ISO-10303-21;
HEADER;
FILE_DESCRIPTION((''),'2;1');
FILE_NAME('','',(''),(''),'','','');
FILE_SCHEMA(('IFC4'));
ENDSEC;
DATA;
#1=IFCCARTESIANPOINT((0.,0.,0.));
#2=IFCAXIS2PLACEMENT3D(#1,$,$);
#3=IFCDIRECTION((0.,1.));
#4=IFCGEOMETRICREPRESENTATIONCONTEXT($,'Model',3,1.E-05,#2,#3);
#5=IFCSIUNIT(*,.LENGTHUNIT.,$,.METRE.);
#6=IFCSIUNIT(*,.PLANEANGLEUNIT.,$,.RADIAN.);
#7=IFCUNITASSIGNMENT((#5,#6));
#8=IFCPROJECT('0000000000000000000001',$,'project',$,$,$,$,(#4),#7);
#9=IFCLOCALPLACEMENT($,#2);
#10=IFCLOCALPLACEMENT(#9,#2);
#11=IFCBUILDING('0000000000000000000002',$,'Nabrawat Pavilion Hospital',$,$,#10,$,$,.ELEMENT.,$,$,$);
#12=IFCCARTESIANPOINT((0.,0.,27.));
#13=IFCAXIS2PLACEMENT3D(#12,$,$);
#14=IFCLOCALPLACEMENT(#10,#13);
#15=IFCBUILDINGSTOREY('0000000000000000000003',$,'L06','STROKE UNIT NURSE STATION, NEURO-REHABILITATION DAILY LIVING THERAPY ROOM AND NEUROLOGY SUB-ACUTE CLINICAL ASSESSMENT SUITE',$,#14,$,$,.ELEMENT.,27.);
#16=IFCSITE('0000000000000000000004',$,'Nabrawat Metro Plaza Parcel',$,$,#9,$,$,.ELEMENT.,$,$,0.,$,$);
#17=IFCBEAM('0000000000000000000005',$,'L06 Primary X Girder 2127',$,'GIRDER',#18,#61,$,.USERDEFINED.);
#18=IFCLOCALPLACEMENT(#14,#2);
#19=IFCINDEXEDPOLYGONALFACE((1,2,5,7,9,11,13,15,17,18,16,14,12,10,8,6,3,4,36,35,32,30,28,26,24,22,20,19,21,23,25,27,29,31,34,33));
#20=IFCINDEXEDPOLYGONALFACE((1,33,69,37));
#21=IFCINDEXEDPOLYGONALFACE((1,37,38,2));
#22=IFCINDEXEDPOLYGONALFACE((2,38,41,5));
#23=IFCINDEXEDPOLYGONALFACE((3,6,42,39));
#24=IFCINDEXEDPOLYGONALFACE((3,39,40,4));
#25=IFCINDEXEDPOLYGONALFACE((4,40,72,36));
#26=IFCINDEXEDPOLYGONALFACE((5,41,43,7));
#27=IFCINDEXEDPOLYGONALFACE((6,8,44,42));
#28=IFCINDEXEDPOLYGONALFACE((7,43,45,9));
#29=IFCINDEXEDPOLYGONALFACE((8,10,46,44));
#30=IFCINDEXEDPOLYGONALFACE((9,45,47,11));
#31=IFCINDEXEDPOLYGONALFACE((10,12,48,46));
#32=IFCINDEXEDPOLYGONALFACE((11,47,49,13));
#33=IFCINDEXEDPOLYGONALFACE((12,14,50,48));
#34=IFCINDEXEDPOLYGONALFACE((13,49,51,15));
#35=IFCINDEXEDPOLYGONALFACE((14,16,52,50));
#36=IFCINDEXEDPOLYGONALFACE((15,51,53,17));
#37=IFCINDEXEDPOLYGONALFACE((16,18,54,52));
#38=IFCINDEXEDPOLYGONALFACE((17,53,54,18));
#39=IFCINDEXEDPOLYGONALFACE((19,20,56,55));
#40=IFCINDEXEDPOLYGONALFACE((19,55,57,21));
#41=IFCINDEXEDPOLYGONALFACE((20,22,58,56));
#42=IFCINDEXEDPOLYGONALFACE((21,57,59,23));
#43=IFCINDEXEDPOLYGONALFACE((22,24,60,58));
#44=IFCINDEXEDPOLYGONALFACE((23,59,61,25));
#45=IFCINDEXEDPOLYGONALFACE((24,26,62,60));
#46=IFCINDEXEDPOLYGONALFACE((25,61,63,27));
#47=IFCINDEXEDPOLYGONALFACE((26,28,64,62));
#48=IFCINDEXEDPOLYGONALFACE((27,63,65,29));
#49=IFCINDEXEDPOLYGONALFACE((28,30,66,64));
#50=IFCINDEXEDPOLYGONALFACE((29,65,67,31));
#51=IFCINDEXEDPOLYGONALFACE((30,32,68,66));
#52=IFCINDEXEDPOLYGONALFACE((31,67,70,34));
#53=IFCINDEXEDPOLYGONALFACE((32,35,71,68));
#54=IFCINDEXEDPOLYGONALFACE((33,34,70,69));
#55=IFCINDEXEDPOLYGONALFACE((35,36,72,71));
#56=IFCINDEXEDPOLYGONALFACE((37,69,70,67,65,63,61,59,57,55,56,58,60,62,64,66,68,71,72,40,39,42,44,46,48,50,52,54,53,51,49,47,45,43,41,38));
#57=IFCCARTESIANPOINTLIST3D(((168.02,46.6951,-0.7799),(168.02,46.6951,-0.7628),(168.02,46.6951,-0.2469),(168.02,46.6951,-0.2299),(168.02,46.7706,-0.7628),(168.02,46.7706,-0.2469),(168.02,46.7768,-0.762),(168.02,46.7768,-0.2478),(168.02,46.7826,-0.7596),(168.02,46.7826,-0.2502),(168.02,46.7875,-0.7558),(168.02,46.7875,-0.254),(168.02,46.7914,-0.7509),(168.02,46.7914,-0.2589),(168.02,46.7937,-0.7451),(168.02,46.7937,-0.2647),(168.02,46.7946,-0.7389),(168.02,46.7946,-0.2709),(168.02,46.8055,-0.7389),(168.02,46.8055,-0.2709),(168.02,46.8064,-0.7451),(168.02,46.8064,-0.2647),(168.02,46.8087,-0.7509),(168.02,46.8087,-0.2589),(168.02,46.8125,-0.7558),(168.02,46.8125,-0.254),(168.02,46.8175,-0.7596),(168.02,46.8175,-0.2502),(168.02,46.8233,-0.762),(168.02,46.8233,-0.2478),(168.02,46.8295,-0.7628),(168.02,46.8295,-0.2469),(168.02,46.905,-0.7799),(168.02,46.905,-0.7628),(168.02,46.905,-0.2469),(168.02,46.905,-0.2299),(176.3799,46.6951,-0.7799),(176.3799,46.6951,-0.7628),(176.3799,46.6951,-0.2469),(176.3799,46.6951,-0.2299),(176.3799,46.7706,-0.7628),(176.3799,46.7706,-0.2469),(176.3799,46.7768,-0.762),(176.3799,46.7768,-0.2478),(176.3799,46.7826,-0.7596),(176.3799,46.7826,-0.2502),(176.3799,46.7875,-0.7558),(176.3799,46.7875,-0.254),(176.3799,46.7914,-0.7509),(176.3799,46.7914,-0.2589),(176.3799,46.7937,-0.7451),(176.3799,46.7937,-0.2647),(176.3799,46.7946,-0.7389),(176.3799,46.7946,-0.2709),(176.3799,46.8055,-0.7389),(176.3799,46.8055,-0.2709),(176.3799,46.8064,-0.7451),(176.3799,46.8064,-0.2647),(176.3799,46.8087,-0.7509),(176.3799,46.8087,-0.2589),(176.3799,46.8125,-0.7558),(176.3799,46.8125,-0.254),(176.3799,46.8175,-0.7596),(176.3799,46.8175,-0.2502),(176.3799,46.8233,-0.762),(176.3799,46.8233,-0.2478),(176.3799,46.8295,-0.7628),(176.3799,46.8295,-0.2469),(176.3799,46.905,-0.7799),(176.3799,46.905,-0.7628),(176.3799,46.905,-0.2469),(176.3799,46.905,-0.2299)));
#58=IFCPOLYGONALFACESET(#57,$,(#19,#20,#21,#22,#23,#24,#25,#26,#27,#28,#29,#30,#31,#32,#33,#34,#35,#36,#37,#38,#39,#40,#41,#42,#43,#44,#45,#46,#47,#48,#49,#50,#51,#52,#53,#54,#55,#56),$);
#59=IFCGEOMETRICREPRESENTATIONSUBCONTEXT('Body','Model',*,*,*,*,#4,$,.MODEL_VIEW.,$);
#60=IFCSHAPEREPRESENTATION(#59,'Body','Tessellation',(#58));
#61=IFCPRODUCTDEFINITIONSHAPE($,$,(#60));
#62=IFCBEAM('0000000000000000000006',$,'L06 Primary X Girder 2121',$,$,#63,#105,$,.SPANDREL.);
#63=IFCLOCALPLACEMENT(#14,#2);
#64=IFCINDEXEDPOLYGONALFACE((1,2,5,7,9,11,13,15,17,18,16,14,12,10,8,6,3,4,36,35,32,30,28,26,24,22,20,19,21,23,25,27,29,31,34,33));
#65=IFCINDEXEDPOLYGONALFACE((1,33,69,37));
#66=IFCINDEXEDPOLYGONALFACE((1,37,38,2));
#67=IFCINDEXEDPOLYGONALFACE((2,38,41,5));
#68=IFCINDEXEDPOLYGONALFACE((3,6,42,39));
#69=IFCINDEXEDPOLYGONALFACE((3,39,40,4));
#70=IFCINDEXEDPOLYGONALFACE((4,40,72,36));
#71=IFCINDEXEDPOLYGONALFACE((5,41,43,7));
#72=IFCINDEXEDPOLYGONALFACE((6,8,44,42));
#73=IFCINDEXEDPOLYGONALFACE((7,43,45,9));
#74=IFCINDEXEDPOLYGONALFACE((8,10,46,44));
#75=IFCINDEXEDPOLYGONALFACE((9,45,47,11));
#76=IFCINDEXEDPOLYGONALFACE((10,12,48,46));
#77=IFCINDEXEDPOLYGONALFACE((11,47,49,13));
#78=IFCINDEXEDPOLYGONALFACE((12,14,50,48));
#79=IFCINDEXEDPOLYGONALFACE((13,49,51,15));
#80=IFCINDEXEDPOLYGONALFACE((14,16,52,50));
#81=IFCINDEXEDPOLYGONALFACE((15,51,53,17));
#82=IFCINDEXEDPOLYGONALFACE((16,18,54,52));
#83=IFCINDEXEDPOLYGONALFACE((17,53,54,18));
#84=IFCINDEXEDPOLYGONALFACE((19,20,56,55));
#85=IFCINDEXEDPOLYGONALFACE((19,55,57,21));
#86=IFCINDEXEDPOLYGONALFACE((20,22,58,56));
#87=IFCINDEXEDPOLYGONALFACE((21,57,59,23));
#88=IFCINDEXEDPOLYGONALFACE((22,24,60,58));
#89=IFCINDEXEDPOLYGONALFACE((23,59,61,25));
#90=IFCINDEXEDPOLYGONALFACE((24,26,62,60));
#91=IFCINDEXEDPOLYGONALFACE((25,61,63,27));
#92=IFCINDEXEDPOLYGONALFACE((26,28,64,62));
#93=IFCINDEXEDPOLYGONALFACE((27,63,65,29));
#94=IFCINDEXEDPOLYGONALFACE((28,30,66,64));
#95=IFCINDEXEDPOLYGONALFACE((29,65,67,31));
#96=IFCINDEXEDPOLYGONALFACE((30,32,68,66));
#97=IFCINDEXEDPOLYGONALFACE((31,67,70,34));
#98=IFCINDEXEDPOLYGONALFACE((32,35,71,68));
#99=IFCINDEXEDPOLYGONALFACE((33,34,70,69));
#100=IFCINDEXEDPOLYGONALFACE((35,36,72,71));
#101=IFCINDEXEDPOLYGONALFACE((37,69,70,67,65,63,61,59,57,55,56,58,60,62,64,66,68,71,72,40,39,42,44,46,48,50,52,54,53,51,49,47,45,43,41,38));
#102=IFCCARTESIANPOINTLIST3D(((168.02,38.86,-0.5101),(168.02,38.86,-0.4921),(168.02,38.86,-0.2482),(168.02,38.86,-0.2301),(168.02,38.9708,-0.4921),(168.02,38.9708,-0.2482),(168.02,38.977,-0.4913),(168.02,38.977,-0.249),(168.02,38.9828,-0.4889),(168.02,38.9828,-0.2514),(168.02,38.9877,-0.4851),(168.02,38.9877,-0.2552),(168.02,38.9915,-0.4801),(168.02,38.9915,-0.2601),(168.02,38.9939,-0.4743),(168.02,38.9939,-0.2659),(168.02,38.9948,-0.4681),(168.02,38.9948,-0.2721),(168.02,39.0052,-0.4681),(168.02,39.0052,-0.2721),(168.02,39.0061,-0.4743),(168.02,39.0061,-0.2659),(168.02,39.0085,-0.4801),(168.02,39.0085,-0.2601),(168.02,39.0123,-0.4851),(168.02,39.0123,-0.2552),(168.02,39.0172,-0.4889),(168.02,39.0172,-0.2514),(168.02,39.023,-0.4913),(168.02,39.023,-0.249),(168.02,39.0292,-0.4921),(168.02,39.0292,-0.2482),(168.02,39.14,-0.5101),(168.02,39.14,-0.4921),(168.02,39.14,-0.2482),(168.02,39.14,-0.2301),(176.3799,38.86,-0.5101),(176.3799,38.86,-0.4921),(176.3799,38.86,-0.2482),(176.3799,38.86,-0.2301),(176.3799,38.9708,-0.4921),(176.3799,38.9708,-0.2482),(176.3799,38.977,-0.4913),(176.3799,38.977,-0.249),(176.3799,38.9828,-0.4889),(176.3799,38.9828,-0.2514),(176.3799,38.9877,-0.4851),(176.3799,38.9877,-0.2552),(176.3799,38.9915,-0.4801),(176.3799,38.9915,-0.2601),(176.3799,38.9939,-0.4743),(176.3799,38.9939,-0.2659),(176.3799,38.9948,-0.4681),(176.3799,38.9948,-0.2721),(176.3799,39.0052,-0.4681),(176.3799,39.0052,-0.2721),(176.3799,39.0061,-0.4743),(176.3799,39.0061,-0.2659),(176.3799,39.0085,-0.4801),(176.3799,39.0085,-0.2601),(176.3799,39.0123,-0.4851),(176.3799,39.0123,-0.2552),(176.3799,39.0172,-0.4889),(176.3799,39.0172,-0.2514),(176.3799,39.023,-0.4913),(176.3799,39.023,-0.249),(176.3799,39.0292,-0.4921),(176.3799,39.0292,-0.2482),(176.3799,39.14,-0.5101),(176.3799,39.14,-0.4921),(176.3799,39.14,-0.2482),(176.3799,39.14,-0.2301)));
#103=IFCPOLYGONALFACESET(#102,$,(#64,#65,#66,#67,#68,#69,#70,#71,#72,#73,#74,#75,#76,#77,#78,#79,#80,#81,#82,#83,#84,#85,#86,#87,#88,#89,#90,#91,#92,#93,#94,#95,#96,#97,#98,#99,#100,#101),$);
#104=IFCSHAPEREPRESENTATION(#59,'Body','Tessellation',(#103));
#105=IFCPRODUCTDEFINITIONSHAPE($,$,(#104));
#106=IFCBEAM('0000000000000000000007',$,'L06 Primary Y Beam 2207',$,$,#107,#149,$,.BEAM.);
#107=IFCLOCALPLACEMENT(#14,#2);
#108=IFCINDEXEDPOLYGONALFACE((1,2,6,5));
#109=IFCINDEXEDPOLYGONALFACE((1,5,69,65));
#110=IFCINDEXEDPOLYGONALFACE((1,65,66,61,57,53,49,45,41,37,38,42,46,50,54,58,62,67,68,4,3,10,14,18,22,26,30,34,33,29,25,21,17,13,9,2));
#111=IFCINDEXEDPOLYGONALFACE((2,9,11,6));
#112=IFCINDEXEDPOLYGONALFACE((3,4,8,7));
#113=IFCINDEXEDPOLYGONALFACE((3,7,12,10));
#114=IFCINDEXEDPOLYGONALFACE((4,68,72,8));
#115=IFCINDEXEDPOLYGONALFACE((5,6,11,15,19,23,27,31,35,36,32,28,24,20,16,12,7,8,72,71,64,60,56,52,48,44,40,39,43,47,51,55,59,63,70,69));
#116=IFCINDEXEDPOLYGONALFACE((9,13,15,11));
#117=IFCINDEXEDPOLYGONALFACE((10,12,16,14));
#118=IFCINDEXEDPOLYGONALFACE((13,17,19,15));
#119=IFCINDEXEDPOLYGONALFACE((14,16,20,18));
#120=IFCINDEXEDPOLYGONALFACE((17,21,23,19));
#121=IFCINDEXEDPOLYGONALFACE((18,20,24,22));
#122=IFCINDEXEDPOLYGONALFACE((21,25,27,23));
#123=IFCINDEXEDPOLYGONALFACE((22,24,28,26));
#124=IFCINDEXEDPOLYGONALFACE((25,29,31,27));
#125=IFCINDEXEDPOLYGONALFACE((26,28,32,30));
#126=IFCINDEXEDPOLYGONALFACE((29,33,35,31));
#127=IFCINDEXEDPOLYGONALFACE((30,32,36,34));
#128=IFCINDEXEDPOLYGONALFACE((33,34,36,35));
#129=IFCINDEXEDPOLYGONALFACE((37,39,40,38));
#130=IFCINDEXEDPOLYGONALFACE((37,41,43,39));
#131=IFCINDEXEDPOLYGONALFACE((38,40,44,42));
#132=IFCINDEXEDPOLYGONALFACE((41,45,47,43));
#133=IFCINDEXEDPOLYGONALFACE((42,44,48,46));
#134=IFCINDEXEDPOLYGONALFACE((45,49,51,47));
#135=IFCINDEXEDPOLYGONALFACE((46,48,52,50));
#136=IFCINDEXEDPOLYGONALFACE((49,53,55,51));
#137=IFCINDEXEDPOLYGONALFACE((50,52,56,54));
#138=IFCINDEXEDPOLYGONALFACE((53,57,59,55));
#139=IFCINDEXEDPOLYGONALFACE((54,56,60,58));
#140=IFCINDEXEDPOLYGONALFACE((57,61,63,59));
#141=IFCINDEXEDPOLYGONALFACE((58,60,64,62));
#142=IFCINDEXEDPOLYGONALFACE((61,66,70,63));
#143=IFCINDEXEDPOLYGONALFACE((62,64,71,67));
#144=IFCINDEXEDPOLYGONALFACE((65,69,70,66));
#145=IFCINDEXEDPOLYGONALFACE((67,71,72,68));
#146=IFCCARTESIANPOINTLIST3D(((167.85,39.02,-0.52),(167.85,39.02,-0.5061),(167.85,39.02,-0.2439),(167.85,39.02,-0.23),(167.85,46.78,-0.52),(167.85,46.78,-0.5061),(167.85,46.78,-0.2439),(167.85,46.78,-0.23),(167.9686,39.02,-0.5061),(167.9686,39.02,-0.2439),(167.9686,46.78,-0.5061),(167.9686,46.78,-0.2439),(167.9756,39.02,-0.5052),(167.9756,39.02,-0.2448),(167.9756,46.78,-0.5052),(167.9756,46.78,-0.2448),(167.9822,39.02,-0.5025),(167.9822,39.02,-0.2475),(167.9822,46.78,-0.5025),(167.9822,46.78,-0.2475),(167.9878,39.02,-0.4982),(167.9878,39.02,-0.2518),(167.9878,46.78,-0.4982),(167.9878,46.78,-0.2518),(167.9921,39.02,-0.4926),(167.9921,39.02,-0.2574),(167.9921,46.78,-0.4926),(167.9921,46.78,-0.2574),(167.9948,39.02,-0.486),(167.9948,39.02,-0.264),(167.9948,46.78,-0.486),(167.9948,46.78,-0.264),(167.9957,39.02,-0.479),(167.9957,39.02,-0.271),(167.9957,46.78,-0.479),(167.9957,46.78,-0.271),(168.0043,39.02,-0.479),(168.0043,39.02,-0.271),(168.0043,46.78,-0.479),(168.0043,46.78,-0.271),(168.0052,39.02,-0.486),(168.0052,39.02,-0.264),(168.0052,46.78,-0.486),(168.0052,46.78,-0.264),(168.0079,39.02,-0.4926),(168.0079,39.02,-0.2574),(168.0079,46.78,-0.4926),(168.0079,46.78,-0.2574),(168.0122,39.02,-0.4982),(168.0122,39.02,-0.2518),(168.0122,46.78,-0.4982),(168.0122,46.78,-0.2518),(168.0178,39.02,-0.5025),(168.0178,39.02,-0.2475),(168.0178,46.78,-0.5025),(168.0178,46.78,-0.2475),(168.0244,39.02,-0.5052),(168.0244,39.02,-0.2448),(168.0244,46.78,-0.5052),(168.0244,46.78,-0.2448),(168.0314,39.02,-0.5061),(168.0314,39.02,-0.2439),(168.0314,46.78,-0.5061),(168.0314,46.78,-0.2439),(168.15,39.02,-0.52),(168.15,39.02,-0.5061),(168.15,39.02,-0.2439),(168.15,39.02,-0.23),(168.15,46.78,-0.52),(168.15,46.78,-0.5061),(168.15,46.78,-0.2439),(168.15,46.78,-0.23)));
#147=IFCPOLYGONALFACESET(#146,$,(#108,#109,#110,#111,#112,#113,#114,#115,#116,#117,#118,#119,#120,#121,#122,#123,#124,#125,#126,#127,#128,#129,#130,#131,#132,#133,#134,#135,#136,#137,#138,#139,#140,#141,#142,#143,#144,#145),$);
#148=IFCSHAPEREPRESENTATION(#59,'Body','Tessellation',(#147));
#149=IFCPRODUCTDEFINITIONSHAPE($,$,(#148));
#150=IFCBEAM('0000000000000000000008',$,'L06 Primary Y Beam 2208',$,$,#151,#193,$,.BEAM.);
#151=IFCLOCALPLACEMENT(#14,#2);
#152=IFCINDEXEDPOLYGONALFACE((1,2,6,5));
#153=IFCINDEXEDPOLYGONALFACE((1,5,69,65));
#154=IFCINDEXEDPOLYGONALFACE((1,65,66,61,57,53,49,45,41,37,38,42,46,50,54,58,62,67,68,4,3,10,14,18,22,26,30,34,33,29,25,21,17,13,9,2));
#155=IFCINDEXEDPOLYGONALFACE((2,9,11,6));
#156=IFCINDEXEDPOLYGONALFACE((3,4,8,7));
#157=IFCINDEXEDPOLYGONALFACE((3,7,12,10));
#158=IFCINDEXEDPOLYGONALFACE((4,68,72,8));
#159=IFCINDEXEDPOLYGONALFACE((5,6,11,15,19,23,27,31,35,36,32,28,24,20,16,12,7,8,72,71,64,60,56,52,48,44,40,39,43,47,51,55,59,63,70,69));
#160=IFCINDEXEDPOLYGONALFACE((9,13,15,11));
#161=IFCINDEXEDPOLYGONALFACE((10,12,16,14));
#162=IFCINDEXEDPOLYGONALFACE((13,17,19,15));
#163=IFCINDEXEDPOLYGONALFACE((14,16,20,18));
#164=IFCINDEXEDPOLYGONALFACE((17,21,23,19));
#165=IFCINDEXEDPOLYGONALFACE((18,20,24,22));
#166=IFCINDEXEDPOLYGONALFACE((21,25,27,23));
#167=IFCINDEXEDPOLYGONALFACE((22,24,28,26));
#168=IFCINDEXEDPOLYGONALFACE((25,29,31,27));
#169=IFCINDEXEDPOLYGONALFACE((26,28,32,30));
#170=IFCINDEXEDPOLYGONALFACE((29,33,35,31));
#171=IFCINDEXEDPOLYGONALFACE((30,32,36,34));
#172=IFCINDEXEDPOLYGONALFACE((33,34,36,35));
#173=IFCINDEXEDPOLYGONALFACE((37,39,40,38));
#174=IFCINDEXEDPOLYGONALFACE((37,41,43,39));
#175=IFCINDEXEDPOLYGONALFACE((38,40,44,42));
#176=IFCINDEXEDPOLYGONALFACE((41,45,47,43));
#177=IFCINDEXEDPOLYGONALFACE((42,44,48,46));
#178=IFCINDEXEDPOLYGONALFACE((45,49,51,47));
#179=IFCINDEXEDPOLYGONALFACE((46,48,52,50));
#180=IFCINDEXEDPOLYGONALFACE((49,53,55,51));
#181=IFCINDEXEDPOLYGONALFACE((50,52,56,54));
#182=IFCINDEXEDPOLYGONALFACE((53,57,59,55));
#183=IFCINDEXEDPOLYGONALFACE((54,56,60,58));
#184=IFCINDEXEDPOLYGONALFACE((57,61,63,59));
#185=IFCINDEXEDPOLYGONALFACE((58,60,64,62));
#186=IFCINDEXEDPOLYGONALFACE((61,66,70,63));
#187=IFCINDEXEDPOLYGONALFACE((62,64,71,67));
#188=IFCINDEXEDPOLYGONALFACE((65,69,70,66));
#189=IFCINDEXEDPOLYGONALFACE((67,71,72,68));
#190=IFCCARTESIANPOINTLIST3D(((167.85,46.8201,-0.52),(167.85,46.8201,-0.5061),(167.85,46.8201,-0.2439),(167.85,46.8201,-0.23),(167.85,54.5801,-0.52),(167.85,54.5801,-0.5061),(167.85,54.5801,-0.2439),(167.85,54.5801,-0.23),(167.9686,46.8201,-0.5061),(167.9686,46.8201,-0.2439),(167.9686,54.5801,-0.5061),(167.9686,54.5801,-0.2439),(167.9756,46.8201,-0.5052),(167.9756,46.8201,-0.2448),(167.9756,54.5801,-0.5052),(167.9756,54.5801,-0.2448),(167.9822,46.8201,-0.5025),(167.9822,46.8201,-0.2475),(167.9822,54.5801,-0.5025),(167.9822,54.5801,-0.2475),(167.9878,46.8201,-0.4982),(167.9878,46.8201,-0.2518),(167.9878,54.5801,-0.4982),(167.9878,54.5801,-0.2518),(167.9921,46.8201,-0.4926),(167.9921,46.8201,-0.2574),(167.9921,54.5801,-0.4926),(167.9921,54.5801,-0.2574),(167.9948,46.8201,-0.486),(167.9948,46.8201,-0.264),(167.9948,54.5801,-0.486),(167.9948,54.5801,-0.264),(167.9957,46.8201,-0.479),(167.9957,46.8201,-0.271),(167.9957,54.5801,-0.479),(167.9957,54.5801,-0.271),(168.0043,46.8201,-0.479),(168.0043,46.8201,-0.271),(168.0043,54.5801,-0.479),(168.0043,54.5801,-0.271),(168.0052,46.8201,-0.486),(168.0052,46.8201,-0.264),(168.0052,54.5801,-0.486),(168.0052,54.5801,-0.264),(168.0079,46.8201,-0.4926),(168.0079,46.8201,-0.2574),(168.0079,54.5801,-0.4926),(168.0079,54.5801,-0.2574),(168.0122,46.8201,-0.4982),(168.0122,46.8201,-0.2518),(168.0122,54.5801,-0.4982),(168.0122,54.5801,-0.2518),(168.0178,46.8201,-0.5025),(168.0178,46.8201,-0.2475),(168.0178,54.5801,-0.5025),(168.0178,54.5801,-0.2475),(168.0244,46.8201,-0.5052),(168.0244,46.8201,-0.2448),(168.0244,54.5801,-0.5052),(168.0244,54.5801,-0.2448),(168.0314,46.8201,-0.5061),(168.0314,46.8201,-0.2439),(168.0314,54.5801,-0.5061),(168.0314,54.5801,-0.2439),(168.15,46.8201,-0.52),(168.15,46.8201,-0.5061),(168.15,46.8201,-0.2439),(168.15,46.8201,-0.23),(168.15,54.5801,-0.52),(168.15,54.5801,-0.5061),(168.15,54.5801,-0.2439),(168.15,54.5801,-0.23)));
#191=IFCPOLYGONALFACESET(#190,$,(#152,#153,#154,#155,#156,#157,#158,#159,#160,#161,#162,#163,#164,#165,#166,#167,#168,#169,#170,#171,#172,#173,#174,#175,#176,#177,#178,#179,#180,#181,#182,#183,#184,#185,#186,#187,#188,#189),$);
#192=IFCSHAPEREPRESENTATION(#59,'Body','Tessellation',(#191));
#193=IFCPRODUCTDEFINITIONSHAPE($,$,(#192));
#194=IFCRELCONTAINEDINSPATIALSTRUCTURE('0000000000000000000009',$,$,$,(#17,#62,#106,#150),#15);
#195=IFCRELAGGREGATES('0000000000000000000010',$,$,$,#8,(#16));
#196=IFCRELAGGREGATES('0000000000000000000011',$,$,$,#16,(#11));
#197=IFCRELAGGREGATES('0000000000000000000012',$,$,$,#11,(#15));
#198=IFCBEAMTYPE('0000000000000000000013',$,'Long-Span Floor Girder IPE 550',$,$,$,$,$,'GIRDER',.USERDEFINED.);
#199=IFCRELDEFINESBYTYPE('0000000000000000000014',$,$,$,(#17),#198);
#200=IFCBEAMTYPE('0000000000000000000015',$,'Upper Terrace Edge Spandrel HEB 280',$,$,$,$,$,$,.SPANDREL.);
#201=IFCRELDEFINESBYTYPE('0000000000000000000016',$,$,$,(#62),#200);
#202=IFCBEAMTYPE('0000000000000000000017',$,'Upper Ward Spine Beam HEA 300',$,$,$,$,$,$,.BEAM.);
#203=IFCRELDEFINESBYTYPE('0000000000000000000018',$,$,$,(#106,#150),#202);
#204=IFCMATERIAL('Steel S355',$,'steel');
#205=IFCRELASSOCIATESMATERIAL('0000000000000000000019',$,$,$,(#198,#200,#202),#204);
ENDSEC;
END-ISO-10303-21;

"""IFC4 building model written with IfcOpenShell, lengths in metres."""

from ifc_helpers import new_model, si_unit, direction, frame, origin, origin_2d, place, context, subcontext, project, spatial, i_section, extrude, material, material_profile, profile_set, type_object, element, save


model = new_model("IFC4")

# Units and contexts
model_context = context("Model", 3, precision=1e-05, world=origin(), true_north=direction((0.0, 1.0)))
body_context = subcontext(model_context, "Body", "Model", "MODEL_VIEW")
ifc_project = project(units=[si_unit("LENGTHUNIT", "METRE"), si_unit("PLANEANGLEUNIT", "RADIAN")], contexts=[model_context])

# Site, building, storey
site_placement = place(None, origin())
site = spatial("IfcSite", under=ifc_project, at=site_placement, Name="Nabrawat Metro Plaza Parcel", CompositionType="ELEMENT", RefElevation=0.0)
building_placement = place(site_placement, origin())
building = spatial("IfcBuilding", under=site, at=building_placement, Name="Nabrawat Pavilion Hospital", CompositionType="ELEMENT")
storey_placement = place(building_placement, frame((0.0, 0.0, 27.0)))
storey = spatial("IfcBuildingStorey", under=building, at=storey_placement, Name="L06", Description="STROKE UNIT NURSE STATION, NEURO-REHABILITATION DAILY LIVING THERAPY ROOM AND NEUROLOGY SUB-ACUTE CLINICAL ASSESSMENT SUITE", CompositionType="ELEMENT", Elevation=27.0)

# Shared definitions
ifc_material_1 = material(Name="Steel S355", Category="steel")

# Beams
ifc_material_profile_1 = material_profile(ifc_material_1, i_section(OverallWidth=0.21, OverallDepth=0.55, WebThickness=0.011, FlangeThickness=0.0171, FilletRadius=0.0239, at=origin_2d()), Name="IPE 550")
ifc_profile_set_1 = profile_set([ifc_material_profile_1], Name="Steel S355")
beam_type_1 = type_object("IfcBeamType", Name="Long-Span Floor Girder IPE 550", ElementType="GIRDER", PredefinedType="USERDEFINED", material=ifc_profile_set_1)
beam_1_placement = place(storey_placement, frame((168.02, 46.8, -0.5049), z_axis=(1.0, 0.0, 0.0), x_axis=(0.0, 1.0, 0.0)))
element("IfcBeam", 1, at=beam_1_placement, inside=storey, type_object=beam_type_1, Name="L06 Primary X Girder 2127", ObjectType="GIRDER", PredefinedType="USERDEFINED", context=body_context, shape_type="SweptSolid", body=[
    extrude(i_section(OverallWidth=0.21, OverallDepth=0.55, WebThickness=0.011, FlangeThickness=0.0171, FilletRadius=0.0239, at=origin_2d()), origin(), (0.0, 0.0, 1.0), 8.3599),
])
ifc_material_profile_2 = material_profile(ifc_material_1, i_section(OverallWidth=0.28, OverallDepth=0.28, WebThickness=0.0105, FlangeThickness=0.0181, FilletRadius=0.0239, at=origin_2d()), Name="HEB 280")
ifc_profile_set_2 = profile_set([ifc_material_profile_2], Name="Steel S355")
beam_type_2 = type_object("IfcBeamType", Name="Upper Terrace Edge Spandrel HEB 280", PredefinedType="SPANDREL", material=ifc_profile_set_2)
beam_2_placement = place(storey_placement, frame((168.02, 39.0, -0.3701), z_axis=(1.0, 0.0, 0.0), x_axis=(0.0, 1.0, 0.0)))
element("IfcBeam", 2, at=beam_2_placement, inside=storey, type_object=beam_type_2, Name="L06 Primary X Girder 2121", PredefinedType="SPANDREL", context=body_context, shape_type="SweptSolid", body=[
    extrude(i_section(OverallWidth=0.28, OverallDepth=0.28, WebThickness=0.0105, FlangeThickness=0.0181, FilletRadius=0.0239, at=origin_2d()), origin(), (0.0, 0.0, 1.0), 8.3599),
])
ifc_material_profile_3 = material_profile(ifc_material_1, i_section(OverallWidth=0.3, OverallDepth=0.29, WebThickness=0.0085, FlangeThickness=0.0139, FilletRadius=0.0271, at=origin_2d()), Name="HEA 300")
ifc_profile_set_3 = profile_set([ifc_material_profile_3], Name="Steel S355")
beam_type_3 = type_object("IfcBeamType", Name="Upper Ward Spine Beam HEA 300", PredefinedType="BEAM", material=ifc_profile_set_3)
for number, where, z_axis, x_axis, name in (
    (3, (168.0, 39.02, -0.375), (0.0, 1.0, 0.0), (-1.0, 0.0, 0.0), "L06 Primary Y Beam 2207"),
    (4, (168.0, 46.8201, -0.375), (0.0, 1.0, 0.0), (-1.0, 0.0, 0.0), "L06 Primary Y Beam 2208"),
):
    element("IfcBeam", number, at=place(storey_placement, frame(where, z_axis=z_axis, x_axis=x_axis)), inside=storey, type_object=beam_type_3, Name=name, PredefinedType="BEAM", context=body_context, shape_type="SweptSolid", body=[
        extrude(i_section(OverallWidth=0.3, OverallDepth=0.29, WebThickness=0.0085, FlangeThickness=0.0139, FilletRadius=0.0271, at=origin_2d()), origin(), (0.0, 0.0, 1.0), 7.76),
    ])

save(model, "model.ifc")
